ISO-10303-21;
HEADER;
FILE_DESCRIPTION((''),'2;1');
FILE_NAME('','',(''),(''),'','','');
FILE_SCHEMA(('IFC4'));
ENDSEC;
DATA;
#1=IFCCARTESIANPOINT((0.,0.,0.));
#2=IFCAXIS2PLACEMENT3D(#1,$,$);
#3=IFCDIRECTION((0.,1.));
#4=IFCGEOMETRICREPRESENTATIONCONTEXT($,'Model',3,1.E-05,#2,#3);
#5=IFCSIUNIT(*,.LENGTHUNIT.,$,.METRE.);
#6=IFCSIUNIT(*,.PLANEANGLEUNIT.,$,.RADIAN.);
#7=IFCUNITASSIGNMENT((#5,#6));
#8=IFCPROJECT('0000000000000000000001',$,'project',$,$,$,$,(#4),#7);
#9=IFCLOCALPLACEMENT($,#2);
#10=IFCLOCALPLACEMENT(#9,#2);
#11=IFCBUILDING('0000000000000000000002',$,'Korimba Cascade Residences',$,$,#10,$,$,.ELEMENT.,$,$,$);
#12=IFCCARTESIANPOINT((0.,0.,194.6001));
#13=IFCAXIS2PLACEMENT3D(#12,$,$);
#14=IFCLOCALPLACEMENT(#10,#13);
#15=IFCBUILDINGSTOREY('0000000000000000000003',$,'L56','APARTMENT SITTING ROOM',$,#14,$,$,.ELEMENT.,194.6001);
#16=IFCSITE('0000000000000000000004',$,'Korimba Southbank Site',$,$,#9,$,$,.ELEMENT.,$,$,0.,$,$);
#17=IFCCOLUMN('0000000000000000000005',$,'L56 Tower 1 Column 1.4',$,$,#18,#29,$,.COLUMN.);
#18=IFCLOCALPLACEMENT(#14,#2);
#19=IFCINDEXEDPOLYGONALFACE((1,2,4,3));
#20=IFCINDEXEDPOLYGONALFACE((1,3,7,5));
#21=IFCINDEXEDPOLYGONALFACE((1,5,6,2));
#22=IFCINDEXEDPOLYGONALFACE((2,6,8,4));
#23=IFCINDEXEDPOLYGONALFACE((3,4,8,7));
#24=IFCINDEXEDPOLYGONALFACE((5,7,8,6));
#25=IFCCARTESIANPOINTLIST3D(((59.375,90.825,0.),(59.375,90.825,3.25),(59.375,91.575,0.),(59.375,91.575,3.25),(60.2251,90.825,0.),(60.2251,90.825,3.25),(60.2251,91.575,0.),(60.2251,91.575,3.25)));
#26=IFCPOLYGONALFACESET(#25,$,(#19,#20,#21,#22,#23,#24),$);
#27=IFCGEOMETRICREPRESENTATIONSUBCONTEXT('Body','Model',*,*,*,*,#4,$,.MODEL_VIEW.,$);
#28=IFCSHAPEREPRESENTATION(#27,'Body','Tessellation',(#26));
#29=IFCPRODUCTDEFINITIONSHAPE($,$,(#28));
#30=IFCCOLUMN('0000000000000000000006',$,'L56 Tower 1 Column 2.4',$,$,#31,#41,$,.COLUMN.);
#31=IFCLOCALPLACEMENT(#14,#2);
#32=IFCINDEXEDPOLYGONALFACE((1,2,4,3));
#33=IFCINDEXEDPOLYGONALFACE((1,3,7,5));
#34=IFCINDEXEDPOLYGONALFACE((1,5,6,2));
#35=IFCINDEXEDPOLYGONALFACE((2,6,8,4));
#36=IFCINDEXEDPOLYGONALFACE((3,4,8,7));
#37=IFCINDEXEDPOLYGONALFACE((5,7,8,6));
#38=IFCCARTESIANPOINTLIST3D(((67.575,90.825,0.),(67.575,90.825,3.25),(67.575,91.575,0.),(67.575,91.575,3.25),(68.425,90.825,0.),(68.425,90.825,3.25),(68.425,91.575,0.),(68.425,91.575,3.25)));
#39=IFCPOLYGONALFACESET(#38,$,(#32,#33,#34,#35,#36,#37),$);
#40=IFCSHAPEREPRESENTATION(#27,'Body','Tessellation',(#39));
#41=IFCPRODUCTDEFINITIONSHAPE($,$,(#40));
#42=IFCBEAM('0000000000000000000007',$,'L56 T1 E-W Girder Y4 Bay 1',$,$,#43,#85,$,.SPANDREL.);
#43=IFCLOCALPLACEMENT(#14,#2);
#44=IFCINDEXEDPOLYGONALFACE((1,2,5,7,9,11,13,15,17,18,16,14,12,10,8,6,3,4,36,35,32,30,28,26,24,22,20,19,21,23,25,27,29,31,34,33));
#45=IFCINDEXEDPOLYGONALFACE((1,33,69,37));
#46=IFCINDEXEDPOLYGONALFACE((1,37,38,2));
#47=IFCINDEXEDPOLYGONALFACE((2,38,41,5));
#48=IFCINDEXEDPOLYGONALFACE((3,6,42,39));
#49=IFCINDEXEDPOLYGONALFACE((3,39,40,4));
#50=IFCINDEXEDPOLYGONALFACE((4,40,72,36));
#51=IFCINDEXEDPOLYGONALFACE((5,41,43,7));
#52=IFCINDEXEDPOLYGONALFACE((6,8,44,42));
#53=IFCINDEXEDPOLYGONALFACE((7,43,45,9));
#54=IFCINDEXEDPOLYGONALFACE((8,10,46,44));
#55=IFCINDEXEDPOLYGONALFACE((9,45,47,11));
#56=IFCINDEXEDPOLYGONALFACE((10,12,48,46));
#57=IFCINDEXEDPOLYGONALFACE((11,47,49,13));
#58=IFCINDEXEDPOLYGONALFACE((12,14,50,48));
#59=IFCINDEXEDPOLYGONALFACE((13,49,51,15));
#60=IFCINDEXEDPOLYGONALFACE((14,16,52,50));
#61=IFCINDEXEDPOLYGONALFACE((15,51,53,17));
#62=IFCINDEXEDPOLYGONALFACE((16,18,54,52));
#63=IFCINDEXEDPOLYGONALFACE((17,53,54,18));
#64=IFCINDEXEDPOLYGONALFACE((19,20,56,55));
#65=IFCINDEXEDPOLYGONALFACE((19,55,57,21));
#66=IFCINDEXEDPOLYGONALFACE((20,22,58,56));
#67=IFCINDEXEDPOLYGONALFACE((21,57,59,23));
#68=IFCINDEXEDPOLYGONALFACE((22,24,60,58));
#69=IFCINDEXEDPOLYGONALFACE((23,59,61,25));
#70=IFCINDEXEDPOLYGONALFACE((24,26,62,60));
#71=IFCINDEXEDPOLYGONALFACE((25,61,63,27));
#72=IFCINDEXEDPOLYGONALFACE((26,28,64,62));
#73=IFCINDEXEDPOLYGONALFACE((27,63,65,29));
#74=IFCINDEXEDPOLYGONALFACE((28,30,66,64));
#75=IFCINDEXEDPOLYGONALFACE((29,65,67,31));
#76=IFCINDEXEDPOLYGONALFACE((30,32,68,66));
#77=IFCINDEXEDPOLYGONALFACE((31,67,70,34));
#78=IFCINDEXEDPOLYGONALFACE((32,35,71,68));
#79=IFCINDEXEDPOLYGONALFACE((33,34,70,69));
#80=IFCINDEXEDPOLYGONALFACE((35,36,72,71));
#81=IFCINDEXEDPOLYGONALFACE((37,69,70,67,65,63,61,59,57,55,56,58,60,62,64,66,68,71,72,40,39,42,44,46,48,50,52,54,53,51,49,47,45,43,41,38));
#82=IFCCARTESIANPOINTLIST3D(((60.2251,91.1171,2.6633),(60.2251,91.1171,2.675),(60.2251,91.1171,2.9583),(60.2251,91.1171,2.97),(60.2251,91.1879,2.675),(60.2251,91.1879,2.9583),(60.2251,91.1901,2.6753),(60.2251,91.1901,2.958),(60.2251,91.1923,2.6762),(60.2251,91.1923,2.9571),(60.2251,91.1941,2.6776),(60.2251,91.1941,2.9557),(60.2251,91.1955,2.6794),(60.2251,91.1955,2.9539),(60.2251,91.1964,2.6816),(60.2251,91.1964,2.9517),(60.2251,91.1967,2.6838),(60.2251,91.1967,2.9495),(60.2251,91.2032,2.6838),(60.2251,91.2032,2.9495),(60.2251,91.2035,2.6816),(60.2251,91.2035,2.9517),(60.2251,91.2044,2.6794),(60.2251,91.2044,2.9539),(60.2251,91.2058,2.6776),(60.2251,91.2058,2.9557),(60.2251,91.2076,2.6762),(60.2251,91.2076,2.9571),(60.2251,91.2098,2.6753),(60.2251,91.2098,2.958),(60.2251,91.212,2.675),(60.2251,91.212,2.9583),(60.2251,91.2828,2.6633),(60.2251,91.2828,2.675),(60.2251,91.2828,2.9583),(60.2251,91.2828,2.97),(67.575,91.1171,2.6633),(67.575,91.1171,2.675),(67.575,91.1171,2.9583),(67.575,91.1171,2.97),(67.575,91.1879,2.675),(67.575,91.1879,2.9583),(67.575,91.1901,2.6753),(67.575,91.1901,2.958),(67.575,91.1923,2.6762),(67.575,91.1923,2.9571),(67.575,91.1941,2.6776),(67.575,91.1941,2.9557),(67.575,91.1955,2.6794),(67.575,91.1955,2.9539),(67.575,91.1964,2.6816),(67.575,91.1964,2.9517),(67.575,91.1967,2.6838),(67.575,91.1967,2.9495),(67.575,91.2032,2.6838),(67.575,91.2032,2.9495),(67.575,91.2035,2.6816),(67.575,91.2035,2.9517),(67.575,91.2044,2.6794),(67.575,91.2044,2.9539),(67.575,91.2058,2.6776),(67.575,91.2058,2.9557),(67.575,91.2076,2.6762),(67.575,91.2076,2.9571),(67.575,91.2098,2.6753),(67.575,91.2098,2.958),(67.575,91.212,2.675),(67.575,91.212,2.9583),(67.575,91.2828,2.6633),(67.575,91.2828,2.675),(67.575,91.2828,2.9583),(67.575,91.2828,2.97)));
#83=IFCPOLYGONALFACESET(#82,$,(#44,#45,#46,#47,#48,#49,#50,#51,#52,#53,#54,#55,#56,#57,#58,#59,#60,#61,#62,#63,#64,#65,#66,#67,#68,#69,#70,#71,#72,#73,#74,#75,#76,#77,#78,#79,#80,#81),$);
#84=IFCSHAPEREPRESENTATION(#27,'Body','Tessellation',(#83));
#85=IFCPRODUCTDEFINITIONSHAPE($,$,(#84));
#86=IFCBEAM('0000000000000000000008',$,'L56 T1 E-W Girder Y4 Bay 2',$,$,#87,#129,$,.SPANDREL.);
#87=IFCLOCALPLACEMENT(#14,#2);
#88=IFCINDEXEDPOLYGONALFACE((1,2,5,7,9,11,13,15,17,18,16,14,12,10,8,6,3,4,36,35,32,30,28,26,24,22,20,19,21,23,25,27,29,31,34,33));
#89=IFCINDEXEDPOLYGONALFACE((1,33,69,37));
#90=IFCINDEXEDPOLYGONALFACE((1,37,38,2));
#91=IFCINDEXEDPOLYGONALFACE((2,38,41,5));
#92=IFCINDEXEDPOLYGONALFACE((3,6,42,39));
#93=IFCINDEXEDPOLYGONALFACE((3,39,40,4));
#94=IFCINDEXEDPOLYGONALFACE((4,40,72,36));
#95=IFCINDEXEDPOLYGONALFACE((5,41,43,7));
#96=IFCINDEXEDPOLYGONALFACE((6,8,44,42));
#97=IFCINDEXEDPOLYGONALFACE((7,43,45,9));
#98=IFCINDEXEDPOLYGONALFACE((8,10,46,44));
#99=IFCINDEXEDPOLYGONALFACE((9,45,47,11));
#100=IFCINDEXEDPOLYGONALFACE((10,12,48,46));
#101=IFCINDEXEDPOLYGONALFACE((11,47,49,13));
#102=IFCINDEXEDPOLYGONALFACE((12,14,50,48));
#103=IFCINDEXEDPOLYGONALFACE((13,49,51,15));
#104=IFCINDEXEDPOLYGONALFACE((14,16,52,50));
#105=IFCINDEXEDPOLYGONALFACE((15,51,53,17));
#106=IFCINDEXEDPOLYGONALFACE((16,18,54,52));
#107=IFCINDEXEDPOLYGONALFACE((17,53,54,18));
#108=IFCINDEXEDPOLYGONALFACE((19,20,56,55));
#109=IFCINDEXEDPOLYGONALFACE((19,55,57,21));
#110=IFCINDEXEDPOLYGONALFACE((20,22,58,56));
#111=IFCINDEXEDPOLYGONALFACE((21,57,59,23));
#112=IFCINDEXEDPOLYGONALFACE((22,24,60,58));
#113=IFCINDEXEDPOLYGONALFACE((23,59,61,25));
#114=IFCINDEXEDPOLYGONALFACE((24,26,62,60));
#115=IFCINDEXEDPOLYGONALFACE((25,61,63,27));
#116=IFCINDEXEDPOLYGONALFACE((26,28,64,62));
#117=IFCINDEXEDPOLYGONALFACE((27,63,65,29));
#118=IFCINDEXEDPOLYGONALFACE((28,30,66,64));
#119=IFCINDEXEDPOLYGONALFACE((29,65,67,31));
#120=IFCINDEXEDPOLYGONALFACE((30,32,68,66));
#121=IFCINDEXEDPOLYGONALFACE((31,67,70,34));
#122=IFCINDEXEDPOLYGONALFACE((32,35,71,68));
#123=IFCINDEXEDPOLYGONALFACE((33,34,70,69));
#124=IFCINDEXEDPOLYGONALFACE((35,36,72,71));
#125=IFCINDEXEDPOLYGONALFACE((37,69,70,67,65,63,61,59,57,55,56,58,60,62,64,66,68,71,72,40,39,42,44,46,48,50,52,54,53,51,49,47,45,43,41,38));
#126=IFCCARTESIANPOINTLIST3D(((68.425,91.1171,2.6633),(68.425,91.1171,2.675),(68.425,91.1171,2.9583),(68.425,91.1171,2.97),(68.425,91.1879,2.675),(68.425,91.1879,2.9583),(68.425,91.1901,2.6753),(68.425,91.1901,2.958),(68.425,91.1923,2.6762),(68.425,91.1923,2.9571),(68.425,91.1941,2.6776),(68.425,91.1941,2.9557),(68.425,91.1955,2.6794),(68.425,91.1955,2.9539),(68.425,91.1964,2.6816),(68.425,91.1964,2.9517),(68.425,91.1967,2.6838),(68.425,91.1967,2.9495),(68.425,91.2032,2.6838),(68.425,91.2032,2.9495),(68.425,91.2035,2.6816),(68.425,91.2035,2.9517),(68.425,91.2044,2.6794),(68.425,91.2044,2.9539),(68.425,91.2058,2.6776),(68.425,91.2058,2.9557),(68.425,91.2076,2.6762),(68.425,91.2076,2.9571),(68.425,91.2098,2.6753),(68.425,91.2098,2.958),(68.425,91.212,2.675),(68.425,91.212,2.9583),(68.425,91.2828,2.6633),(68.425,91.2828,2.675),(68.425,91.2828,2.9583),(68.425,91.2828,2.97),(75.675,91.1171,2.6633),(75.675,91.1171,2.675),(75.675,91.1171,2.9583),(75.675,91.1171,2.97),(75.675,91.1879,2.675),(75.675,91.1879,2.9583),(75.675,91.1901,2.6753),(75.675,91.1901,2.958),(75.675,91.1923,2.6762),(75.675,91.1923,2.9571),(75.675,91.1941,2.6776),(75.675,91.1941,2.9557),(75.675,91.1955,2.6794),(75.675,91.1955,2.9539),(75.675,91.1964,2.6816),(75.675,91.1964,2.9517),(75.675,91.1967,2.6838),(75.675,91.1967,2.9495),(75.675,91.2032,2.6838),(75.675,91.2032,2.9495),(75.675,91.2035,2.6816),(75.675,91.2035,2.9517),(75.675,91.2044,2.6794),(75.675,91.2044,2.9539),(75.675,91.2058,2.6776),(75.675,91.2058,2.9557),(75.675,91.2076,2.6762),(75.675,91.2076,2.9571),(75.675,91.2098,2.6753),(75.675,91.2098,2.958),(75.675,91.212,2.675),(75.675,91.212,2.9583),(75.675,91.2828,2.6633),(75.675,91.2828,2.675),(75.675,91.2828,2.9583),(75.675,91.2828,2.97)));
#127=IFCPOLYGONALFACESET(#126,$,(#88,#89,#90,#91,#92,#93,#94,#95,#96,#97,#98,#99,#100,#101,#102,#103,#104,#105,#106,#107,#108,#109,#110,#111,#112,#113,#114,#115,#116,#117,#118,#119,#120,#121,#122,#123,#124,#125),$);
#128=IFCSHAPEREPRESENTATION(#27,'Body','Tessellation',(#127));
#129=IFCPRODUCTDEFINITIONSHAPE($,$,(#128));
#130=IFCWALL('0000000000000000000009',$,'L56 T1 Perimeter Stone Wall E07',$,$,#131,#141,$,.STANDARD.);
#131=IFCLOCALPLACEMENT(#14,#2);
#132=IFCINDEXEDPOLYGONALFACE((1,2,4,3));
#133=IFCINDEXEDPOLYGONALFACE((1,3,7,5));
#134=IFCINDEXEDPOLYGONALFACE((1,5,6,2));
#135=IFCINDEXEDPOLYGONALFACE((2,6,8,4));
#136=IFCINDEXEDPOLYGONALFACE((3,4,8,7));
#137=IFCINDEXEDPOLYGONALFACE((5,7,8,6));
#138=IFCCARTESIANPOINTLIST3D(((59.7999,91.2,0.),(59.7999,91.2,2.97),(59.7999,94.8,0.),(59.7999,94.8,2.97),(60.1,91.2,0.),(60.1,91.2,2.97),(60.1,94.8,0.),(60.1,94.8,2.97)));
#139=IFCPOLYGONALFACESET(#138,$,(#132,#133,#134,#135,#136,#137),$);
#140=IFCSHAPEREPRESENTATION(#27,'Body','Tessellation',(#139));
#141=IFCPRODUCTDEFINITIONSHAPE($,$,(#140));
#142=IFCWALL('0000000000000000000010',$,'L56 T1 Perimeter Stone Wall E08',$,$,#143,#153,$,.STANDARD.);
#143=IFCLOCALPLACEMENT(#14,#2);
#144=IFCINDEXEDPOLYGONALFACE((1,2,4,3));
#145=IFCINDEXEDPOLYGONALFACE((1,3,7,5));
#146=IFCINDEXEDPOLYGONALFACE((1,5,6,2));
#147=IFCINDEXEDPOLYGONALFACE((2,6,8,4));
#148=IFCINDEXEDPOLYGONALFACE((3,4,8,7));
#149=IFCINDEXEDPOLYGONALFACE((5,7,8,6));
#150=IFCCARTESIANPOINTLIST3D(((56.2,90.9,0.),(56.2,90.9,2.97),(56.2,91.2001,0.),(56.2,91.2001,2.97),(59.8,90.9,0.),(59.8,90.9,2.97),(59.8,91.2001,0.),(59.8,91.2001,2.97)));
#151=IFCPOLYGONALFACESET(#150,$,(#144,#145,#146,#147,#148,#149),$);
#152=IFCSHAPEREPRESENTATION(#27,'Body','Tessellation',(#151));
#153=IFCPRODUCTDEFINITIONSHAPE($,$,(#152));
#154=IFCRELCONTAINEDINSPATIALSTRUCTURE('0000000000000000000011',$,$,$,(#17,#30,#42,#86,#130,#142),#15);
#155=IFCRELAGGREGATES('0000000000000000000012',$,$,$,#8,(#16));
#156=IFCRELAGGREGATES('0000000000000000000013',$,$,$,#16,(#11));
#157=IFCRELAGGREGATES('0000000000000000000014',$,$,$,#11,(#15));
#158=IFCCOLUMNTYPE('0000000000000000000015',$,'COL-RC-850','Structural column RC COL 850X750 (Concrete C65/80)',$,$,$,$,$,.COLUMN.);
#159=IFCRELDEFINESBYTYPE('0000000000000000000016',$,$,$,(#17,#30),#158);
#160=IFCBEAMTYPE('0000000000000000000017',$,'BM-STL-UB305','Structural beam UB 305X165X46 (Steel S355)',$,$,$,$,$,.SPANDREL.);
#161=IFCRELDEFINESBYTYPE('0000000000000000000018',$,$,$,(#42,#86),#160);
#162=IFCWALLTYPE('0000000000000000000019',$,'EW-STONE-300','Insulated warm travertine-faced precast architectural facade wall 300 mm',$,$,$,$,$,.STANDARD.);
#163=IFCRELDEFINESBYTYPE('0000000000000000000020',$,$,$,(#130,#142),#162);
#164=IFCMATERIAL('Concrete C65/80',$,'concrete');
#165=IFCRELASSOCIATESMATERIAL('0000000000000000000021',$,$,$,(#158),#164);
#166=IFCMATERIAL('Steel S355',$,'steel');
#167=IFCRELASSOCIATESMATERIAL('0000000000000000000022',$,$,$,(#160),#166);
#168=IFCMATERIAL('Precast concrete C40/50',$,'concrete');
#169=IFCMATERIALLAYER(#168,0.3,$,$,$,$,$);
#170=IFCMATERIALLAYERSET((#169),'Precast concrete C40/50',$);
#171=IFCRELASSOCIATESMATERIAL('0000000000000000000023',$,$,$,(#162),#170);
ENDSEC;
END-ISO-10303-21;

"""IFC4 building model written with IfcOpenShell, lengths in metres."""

from ifc_helpers import new_model, si_unit, direction, frame, frame_2d, origin, origin_2d, place, context, subcontext, project, spatial, rectangle, i_section, extrude, material, layer, layer_set, material_profile, profile_set, type_object, element, save


model = new_model("IFC4")

# Units and contexts
model_context = context("Model", 3, precision=1e-05, world=origin(), true_north=direction((0.0, 1.0)))
body_context = subcontext(model_context, "Body", "Model", "MODEL_VIEW")
ifc_project = project(units=[si_unit("LENGTHUNIT", "METRE"), si_unit("PLANEANGLEUNIT", "RADIAN")], contexts=[model_context])

# Site, building, storey
site_placement = place(None, origin())
site = spatial("IfcSite", under=ifc_project, at=site_placement, Name="Korimba Southbank Site", CompositionType="ELEMENT", RefElevation=0.0)
building_placement = place(site_placement, origin())
building = spatial("IfcBuilding", under=site, at=building_placement, Name="Korimba Cascade Residences", CompositionType="ELEMENT")
storey_placement = place(building_placement, frame((0.0, 0.0, 194.6001)))
storey = spatial("IfcBuildingStorey", under=building, at=storey_placement, Name="L56", Description="APARTMENT SITTING ROOM", CompositionType="ELEMENT", Elevation=194.6001)

# Columns
ifc_material_1 = material(Name="Concrete C65/80", Category="concrete")
ifc_material_profile_1 = material_profile(ifc_material_1, rectangle(XDim=0.8501, YDim=0.75, at=origin_2d()), Name="Concrete C65/80")
ifc_profile_set_1 = profile_set([ifc_material_profile_1], Name="Concrete C65/80")
column_type = type_object("IfcColumnType", Name="COL-RC-850", Description="Structural column RC COL 850X750 (Concrete C65/80)", PredefinedType="COLUMN", material=ifc_profile_set_1)
for number, where, z_axis, x_axis, name in (
    (1, (59.8, 91.2, 0.0), (0.0, 0.0, 1.0), (1.0, 0.0, 0.0), "L56 Tower 1 Column 1.4"),
    (2, (68.0, 91.2, 0.0), (0.0, 0.0, 1.0), (1.0, 0.0, 0.0), "L56 Tower 1 Column 2.4"),
):
    element("IfcColumn", number, at=place(storey_placement, frame(where, z_axis=z_axis, x_axis=x_axis)), inside=storey, type_object=column_type, Name=name, PredefinedType="COLUMN", context=body_context, shape_type="SweptSolid", body=[
        extrude(rectangle(XDim=0.8501, YDim=0.75, at=origin_2d()), origin(), (0.0, 0.0, 1.0), 3.25),
    ])

# Beams
ifc_material_2 = material(Name="Steel S355", Category="steel")
ifc_material_profile_2 = material_profile(ifc_material_2, i_section(OverallWidth=0.1658, OverallDepth=0.3066, WebThickness=0.0066, FlangeThickness=0.0117, FilletRadius=0.0088, at=origin_2d()), Name="Steel S355")
ifc_profile_set_2 = profile_set([ifc_material_profile_2], Name="Steel S355")
beam_type = type_object("IfcBeamType", Name="BM-STL-UB305", Description="Structural beam UB 305X165X46 (Steel S355)", PredefinedType="SPANDREL", material=ifc_profile_set_2)
beam_1_placement = place(storey_placement, frame((60.2251, 91.2, 2.8167), z_axis=(1.0, 0.0, 0.0), x_axis=(0.0, 1.0, 0.0)))
element("IfcBeam", 3, at=beam_1_placement, inside=storey, type_object=beam_type, Name="L56 T1 E-W Girder Y4 Bay 1", PredefinedType="SPANDREL", context=body_context, shape_type="SweptSolid", body=[
    extrude(i_section(OverallWidth=0.1658, OverallDepth=0.3066, WebThickness=0.0066, FlangeThickness=0.0117, FilletRadius=0.0088, at=origin_2d()), origin(), (0.0, 0.0, 1.0), 7.3499),
])
beam_2_placement = place(storey_placement, frame((68.425, 91.2, 2.8167), z_axis=(1.0, 0.0, 0.0), x_axis=(0.0, 1.0, 0.0)))
element("IfcBeam", 4, at=beam_2_placement, inside=storey, type_object=beam_type, Name="L56 T1 E-W Girder Y4 Bay 2", PredefinedType="SPANDREL", context=body_context, shape_type="SweptSolid", body=[
    extrude(i_section(OverallWidth=0.1658, OverallDepth=0.3066, WebThickness=0.0066, FlangeThickness=0.0117, FilletRadius=0.0088, at=origin_2d()), origin(), (0.0, 0.0, 1.0), 7.25),
])

# Walls
ifc_material_3 = material(Name="Precast concrete C40/50", Category="concrete")
ifc_layer_1 = layer(ifc_material_3, 0.3)
ifc_layer_set_1 = layer_set([ifc_layer_1], Name="Precast concrete C40/50")
wall_type_1 = type_object("IfcWallType", Name="EW-STONE-300", Description="Insulated warm travertine-faced precast architectural facade wall 300 mm", PredefinedType="STANDARD", material=ifc_layer_set_1)
for number, where, z_axis, x_axis, name in (
    (5, (59.95, 94.8, 0.0), (0.0, 0.0, 1.0), (0.0, -1.0, 0.0), "L56 T1 Perimeter Stone Wall E07"),
    (6, (59.8, 91.05, 0.0), (0.0, 0.0, 1.0), (-1.0, 0.0, 0.0), "L56 T1 Perimeter Stone Wall E08"),
):
    element("IfcWall", number, at=place(storey_placement, frame(where, z_axis=z_axis, x_axis=x_axis)), inside=storey, type_object=wall_type_1, Name=name, PredefinedType="STANDARD", context=body_context, shape_type="SweptSolid", body=[
        extrude(rectangle(XDim=3.6001, YDim=0.3, at=frame_2d((1.8, 0.0))), origin(), (0.0, 0.0, 1.0), 2.97),
    ])

save(model, "model.ifc")
